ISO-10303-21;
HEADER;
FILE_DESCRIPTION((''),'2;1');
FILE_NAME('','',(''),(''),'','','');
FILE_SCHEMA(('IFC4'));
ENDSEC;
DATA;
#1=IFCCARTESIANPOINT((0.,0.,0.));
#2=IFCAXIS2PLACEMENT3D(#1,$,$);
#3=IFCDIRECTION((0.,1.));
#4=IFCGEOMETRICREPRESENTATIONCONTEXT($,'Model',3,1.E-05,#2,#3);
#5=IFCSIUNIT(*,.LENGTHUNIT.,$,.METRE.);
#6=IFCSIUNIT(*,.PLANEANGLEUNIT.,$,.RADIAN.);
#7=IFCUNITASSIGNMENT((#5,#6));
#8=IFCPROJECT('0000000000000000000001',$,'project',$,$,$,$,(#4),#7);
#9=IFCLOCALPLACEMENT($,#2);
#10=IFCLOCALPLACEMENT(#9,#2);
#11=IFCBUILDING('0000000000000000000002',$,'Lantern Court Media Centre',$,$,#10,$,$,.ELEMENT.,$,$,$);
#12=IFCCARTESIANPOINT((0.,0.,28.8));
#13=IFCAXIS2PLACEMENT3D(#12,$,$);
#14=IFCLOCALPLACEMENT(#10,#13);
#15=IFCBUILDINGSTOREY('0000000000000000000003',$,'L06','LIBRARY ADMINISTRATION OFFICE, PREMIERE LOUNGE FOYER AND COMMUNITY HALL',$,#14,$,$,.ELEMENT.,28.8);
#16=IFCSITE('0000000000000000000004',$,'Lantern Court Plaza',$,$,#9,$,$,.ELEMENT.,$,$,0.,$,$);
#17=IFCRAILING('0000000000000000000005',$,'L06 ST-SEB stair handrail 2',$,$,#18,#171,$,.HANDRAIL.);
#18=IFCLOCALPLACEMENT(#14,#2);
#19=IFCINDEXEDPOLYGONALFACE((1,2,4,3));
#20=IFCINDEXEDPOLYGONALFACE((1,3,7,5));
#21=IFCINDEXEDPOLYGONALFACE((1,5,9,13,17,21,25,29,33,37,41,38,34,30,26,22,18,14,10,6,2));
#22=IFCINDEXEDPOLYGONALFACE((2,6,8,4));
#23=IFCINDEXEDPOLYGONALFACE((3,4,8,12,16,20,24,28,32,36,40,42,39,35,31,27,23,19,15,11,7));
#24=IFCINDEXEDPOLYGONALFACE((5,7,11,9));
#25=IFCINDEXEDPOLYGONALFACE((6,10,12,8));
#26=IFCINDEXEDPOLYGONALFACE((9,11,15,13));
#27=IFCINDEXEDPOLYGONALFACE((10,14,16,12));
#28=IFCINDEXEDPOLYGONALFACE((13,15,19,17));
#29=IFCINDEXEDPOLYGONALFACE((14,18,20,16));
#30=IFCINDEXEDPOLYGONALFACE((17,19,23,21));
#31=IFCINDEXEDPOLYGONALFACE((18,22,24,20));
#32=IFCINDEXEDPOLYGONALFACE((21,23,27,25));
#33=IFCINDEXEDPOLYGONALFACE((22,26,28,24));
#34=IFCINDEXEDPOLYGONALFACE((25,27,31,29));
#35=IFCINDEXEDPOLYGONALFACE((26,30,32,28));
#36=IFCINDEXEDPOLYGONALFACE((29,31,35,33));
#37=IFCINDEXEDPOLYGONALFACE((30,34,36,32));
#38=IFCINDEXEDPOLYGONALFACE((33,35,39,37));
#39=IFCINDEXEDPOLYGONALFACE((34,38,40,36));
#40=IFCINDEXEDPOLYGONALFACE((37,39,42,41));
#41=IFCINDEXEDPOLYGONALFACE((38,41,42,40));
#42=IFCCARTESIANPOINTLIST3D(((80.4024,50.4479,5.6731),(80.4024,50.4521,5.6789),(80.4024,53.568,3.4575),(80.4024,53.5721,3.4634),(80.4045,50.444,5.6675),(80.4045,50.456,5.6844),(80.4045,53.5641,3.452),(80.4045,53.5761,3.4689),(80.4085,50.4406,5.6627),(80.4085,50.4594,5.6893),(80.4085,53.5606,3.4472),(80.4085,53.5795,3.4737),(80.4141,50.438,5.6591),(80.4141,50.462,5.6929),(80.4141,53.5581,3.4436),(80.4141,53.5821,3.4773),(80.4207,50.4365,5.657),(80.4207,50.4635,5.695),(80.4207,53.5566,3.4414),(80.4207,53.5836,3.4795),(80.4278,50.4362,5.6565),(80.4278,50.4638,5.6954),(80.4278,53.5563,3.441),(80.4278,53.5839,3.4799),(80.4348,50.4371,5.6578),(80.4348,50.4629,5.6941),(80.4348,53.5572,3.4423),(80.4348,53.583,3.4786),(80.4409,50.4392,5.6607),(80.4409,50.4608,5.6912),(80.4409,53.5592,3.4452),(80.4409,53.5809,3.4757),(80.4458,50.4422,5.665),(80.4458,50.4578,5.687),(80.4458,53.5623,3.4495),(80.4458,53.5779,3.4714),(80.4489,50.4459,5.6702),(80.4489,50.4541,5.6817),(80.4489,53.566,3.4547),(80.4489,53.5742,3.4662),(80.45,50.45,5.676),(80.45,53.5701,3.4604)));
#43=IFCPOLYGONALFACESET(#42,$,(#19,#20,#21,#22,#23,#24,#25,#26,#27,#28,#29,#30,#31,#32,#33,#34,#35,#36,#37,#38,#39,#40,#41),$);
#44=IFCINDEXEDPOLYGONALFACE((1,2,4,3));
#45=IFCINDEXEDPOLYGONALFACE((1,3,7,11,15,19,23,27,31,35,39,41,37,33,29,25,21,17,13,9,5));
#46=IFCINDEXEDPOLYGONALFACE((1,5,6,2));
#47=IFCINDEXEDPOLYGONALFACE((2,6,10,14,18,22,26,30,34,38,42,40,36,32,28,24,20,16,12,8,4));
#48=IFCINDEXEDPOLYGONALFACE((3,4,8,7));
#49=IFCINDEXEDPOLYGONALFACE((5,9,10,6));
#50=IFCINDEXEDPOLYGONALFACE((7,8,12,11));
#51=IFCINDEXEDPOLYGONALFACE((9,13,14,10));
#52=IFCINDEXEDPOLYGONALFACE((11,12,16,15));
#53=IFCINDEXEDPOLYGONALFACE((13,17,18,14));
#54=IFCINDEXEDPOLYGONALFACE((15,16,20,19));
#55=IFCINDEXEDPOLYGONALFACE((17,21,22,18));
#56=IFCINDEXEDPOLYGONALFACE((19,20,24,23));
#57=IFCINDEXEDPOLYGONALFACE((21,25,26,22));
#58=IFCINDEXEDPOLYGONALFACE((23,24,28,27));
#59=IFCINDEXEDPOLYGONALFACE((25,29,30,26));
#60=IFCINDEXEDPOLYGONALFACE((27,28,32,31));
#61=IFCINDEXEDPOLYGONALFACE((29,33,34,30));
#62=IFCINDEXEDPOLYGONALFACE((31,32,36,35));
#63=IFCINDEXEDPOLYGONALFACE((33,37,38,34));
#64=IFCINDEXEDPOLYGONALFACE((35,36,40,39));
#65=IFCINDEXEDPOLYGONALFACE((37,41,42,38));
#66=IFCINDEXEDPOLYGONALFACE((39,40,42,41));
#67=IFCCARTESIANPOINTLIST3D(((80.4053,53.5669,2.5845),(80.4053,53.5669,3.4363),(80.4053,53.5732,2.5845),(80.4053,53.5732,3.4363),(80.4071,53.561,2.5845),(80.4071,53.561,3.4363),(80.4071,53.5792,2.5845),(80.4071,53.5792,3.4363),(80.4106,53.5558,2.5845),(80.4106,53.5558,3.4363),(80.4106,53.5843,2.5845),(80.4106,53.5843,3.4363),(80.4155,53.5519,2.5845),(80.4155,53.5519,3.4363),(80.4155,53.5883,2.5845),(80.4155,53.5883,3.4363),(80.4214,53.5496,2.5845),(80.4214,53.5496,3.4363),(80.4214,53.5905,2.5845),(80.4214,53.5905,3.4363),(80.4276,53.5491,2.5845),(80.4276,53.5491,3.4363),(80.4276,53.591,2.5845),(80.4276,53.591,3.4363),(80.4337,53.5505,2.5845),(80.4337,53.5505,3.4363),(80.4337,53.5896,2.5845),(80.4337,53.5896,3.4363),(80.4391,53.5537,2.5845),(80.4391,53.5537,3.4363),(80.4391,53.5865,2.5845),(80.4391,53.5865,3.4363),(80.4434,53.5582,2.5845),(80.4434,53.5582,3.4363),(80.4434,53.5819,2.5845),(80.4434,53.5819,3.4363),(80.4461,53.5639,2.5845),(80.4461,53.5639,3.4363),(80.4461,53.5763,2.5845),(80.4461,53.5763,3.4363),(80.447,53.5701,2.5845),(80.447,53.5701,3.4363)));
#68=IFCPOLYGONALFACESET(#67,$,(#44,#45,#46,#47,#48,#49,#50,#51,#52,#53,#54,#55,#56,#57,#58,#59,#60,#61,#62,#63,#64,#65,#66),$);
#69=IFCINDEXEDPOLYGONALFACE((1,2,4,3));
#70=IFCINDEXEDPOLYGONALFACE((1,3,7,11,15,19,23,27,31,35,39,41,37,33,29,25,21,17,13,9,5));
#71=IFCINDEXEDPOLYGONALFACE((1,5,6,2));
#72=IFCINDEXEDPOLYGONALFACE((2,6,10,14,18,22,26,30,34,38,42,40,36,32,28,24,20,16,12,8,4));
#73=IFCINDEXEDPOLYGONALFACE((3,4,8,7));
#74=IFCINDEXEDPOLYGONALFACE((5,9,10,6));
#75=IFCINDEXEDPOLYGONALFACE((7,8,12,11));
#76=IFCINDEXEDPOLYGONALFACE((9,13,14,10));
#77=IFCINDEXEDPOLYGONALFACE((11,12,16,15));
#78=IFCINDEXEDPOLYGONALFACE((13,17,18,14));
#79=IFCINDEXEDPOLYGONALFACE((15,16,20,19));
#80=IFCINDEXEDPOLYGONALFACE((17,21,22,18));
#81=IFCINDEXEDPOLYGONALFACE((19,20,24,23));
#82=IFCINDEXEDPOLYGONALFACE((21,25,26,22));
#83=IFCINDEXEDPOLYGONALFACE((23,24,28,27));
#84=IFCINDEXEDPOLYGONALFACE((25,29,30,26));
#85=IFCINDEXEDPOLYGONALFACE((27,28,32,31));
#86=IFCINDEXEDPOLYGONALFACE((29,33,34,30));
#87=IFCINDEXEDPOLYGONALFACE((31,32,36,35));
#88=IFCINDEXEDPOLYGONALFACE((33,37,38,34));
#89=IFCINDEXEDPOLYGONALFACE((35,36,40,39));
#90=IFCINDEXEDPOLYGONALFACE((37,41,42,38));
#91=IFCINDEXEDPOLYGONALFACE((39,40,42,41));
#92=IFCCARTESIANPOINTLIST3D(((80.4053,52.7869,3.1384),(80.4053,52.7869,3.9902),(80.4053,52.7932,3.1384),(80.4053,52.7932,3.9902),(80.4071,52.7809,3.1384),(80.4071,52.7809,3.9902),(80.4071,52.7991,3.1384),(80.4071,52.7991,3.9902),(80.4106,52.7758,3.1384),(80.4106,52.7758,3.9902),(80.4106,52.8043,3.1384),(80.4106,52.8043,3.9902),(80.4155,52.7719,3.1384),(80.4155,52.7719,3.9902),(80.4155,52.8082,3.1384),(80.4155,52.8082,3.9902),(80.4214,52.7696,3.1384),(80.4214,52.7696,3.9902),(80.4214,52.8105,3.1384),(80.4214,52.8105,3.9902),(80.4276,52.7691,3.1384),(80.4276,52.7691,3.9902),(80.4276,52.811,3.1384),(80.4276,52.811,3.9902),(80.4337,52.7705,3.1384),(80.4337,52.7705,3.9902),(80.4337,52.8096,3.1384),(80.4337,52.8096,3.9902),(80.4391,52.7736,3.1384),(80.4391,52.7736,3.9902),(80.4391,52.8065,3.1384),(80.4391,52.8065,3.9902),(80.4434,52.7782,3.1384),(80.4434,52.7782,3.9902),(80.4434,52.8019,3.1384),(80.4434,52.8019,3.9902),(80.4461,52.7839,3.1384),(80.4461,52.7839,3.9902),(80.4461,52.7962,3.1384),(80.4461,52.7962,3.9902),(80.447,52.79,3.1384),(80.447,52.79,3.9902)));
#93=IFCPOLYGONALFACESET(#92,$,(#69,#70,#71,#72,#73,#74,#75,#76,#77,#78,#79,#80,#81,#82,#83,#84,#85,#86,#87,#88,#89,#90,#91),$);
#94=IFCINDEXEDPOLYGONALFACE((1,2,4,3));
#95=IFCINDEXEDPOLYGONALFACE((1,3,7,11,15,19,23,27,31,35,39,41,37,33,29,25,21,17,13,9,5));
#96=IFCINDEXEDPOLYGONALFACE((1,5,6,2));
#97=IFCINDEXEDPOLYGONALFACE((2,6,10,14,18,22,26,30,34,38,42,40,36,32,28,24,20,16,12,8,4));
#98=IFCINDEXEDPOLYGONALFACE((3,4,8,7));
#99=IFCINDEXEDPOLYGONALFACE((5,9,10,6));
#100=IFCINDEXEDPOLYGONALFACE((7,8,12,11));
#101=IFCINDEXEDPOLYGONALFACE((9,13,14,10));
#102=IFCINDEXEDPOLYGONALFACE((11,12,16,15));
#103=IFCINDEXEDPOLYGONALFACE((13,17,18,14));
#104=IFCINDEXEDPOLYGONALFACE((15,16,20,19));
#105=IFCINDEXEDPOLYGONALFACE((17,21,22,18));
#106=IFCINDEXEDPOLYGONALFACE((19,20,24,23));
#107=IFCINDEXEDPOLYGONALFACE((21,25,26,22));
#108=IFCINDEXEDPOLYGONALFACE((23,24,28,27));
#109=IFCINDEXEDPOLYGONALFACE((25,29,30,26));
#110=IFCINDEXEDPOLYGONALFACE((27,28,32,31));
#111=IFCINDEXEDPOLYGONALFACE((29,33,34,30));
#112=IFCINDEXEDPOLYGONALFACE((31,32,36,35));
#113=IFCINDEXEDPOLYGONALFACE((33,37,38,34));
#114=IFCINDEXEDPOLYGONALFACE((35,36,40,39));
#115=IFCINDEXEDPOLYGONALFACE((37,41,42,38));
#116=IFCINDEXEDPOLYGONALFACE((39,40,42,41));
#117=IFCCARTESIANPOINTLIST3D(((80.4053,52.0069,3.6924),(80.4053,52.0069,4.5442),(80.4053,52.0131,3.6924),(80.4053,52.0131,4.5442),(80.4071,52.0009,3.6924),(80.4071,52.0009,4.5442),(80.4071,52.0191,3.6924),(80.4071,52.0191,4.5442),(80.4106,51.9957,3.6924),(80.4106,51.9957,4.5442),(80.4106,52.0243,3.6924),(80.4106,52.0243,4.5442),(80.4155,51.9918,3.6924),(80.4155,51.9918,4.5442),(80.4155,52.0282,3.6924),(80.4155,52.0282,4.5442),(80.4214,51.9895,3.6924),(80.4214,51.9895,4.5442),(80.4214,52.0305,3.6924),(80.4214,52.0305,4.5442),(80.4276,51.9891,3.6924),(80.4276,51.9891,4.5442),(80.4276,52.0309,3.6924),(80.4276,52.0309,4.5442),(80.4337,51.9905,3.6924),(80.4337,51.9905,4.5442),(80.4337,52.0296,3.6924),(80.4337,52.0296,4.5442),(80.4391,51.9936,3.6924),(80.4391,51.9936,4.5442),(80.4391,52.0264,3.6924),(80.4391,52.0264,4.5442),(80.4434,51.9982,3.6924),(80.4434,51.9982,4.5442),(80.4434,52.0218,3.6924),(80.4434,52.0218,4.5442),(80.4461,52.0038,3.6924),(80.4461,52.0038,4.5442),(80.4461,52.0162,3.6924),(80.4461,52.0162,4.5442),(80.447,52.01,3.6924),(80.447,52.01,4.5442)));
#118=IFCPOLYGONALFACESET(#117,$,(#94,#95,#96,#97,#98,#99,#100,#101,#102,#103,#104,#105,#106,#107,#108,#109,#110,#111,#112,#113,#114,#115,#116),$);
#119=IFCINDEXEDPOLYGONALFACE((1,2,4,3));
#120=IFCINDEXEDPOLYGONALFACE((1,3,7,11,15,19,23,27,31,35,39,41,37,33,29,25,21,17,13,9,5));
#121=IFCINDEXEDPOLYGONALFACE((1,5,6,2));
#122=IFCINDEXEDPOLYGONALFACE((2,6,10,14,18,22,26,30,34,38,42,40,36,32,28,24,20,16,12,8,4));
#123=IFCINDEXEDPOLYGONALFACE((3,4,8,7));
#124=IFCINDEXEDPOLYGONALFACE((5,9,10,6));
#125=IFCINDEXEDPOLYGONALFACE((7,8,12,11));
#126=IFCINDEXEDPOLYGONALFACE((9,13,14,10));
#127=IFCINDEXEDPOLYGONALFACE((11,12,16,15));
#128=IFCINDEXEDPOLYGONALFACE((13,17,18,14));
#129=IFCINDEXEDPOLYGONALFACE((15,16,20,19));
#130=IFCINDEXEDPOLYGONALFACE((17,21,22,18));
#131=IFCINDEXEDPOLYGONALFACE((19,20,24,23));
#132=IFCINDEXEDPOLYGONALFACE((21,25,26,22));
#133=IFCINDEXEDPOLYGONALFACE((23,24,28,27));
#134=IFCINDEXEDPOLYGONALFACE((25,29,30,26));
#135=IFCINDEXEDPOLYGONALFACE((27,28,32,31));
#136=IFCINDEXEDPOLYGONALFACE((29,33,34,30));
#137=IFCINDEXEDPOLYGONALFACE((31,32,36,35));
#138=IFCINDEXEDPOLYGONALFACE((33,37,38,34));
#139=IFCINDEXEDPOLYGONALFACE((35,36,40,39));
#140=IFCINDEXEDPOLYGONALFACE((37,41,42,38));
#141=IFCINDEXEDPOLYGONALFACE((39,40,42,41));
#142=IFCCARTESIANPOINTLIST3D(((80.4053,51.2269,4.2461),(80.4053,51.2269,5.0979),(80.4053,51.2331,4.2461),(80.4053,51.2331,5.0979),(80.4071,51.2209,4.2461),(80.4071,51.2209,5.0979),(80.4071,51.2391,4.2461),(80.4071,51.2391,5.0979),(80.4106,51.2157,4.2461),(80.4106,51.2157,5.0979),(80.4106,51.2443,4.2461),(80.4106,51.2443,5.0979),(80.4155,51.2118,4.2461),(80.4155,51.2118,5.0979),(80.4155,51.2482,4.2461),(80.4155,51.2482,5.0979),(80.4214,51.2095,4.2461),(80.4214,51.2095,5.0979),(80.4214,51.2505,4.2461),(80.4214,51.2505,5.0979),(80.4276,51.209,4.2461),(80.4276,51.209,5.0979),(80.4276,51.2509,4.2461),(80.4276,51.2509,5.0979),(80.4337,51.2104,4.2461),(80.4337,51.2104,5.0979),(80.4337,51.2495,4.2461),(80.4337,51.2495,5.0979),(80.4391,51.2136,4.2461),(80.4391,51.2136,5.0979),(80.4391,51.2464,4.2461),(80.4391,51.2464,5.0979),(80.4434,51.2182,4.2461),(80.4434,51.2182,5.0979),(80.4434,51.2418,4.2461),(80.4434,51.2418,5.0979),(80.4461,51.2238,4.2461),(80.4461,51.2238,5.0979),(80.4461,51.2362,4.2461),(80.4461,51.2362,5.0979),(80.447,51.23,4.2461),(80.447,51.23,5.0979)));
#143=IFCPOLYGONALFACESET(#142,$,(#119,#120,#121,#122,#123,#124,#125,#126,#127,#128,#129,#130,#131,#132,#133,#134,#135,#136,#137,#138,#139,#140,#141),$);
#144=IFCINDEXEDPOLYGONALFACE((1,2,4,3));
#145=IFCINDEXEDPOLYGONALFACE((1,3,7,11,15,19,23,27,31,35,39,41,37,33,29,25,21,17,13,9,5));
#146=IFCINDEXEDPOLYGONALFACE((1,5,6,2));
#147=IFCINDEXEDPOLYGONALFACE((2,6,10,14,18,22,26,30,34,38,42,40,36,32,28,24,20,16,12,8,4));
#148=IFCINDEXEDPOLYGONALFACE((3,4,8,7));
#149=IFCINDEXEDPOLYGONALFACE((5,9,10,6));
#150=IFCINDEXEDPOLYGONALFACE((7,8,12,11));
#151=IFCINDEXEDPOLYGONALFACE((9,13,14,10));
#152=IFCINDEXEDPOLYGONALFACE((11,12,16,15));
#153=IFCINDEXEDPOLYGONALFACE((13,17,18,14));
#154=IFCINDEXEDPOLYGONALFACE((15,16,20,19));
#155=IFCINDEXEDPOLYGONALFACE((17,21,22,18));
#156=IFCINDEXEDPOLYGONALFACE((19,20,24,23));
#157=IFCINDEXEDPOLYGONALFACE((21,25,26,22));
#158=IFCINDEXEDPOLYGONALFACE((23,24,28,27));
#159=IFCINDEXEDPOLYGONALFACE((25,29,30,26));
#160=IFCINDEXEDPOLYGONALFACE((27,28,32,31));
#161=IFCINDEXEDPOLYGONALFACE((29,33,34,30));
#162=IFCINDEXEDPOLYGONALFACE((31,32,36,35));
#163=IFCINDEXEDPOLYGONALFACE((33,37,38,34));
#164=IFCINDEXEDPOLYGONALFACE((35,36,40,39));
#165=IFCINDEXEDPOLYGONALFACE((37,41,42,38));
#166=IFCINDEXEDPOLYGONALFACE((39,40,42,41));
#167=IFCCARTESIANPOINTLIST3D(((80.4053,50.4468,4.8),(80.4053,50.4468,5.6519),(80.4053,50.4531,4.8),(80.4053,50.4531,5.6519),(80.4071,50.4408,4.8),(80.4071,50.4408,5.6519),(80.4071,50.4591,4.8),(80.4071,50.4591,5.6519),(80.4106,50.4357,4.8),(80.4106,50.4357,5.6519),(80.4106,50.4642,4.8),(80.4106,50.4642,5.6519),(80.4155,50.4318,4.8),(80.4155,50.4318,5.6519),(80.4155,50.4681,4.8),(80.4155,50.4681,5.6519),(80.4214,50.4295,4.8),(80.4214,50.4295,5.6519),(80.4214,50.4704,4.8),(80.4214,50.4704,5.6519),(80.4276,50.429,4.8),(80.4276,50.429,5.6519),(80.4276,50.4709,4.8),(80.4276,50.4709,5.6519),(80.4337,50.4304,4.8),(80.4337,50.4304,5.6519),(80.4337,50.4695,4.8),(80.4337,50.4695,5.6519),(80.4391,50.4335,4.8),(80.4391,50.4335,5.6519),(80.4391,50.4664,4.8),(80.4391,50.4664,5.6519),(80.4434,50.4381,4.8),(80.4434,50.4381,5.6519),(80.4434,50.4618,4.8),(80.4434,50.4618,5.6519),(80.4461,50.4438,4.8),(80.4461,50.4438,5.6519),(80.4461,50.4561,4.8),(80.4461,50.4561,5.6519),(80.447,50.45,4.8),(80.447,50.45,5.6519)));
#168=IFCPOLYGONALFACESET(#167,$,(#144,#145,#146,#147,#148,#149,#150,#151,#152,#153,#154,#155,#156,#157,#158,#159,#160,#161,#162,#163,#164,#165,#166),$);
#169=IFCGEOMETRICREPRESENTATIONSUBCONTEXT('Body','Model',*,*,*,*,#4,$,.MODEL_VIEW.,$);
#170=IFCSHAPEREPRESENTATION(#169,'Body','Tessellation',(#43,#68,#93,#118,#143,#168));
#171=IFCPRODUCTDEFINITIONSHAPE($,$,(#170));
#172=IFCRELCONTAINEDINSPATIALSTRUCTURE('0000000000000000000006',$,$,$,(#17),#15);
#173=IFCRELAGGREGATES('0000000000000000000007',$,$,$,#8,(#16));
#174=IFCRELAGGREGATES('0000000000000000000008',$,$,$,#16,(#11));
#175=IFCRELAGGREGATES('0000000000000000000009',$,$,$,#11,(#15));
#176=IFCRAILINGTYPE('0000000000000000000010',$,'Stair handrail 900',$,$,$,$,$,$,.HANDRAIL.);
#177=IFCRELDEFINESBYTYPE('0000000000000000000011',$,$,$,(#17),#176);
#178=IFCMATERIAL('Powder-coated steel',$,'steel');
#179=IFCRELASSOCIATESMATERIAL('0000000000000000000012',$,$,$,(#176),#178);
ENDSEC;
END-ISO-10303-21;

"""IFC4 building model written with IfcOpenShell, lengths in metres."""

from ifc_helpers import new_model, si_unit, direction, frame, origin, origin_2d, place, context, subcontext, project, spatial, circle, extrude, material, type_object, element, save


model = new_model("IFC4")

# Units and contexts
model_context = context("Model", 3, precision=1e-05, world=origin(), true_north=direction((0.0, 1.0)))
body_context = subcontext(model_context, "Body", "Model", "MODEL_VIEW")
ifc_project = project(units=[si_unit("LENGTHUNIT", "METRE"), si_unit("PLANEANGLEUNIT", "RADIAN")], contexts=[model_context])

# Site, building, storey
site_placement = place(None, origin())
site = spatial("IfcSite", under=ifc_project, at=site_placement, Name="Lantern Court Plaza", CompositionType="ELEMENT", RefElevation=0.0)
building_placement = place(site_placement, origin())
building = spatial("IfcBuilding", under=site, at=building_placement, Name="Lantern Court Media Centre", CompositionType="ELEMENT")
storey_placement = place(building_placement, frame((0.0, 0.0, 28.8)))
storey = spatial("IfcBuildingStorey", under=building, at=storey_placement, Name="L06", Description="LIBRARY ADMINISTRATION OFFICE, PREMIERE LOUNGE FOYER AND COMMUNITY HALL", CompositionType="ELEMENT", Elevation=28.8)

# Railing
ifc_material_1 = material(Name="Powder-coated steel", Category="steel")
railing_type_1 = type_object("IfcRailingType", Name="Stair handrail 900", PredefinedType="HANDRAIL", material=ifc_material_1)
railing_1_placement = place(storey_placement, frame((80.426, 53.5701, 2.5845)))
element("IfcRailing", 1, at=railing_1_placement, inside=storey, type_object=railing_type_1, Name="L06 ST-SEB stair handrail 2", PredefinedType="HANDRAIL", context=body_context, shape_type="SweptSolid", body=[
    extrude(circle(Radius=0.0239, at=origin_2d()), frame((0.0, 0.0, 0.876), z_axis=(0.0, -0.815347, 0.578973), x_axis=(1.0, 0.0, 0.0)), (0.0, 0.0, 1.0), 3.8267),
    extrude(circle(Radius=0.021, at=origin_2d()), origin(), (0.0, 0.0, 1.0), 0.8518),
    extrude(circle(Radius=0.021, at=origin_2d()), frame((0.0, -0.78, 0.554)), (0.0, 0.0, 1.0), 0.8518),
    extrude(circle(Radius=0.021, at=origin_2d()), frame((0.0, -1.5601, 1.1079)), (0.0, 0.0, 1.0), 0.8518),
    extrude(circle(Radius=0.021, at=origin_2d()), frame((0.0, -2.3401, 1.6616)), (0.0, 0.0, 1.0), 0.8518),
    extrude(circle(Radius=0.021, at=origin_2d()), frame((0.0, -3.1201, 2.2156)), (0.0, 0.0, 1.0), 0.8518),
])

save(model, "model.ifc")
